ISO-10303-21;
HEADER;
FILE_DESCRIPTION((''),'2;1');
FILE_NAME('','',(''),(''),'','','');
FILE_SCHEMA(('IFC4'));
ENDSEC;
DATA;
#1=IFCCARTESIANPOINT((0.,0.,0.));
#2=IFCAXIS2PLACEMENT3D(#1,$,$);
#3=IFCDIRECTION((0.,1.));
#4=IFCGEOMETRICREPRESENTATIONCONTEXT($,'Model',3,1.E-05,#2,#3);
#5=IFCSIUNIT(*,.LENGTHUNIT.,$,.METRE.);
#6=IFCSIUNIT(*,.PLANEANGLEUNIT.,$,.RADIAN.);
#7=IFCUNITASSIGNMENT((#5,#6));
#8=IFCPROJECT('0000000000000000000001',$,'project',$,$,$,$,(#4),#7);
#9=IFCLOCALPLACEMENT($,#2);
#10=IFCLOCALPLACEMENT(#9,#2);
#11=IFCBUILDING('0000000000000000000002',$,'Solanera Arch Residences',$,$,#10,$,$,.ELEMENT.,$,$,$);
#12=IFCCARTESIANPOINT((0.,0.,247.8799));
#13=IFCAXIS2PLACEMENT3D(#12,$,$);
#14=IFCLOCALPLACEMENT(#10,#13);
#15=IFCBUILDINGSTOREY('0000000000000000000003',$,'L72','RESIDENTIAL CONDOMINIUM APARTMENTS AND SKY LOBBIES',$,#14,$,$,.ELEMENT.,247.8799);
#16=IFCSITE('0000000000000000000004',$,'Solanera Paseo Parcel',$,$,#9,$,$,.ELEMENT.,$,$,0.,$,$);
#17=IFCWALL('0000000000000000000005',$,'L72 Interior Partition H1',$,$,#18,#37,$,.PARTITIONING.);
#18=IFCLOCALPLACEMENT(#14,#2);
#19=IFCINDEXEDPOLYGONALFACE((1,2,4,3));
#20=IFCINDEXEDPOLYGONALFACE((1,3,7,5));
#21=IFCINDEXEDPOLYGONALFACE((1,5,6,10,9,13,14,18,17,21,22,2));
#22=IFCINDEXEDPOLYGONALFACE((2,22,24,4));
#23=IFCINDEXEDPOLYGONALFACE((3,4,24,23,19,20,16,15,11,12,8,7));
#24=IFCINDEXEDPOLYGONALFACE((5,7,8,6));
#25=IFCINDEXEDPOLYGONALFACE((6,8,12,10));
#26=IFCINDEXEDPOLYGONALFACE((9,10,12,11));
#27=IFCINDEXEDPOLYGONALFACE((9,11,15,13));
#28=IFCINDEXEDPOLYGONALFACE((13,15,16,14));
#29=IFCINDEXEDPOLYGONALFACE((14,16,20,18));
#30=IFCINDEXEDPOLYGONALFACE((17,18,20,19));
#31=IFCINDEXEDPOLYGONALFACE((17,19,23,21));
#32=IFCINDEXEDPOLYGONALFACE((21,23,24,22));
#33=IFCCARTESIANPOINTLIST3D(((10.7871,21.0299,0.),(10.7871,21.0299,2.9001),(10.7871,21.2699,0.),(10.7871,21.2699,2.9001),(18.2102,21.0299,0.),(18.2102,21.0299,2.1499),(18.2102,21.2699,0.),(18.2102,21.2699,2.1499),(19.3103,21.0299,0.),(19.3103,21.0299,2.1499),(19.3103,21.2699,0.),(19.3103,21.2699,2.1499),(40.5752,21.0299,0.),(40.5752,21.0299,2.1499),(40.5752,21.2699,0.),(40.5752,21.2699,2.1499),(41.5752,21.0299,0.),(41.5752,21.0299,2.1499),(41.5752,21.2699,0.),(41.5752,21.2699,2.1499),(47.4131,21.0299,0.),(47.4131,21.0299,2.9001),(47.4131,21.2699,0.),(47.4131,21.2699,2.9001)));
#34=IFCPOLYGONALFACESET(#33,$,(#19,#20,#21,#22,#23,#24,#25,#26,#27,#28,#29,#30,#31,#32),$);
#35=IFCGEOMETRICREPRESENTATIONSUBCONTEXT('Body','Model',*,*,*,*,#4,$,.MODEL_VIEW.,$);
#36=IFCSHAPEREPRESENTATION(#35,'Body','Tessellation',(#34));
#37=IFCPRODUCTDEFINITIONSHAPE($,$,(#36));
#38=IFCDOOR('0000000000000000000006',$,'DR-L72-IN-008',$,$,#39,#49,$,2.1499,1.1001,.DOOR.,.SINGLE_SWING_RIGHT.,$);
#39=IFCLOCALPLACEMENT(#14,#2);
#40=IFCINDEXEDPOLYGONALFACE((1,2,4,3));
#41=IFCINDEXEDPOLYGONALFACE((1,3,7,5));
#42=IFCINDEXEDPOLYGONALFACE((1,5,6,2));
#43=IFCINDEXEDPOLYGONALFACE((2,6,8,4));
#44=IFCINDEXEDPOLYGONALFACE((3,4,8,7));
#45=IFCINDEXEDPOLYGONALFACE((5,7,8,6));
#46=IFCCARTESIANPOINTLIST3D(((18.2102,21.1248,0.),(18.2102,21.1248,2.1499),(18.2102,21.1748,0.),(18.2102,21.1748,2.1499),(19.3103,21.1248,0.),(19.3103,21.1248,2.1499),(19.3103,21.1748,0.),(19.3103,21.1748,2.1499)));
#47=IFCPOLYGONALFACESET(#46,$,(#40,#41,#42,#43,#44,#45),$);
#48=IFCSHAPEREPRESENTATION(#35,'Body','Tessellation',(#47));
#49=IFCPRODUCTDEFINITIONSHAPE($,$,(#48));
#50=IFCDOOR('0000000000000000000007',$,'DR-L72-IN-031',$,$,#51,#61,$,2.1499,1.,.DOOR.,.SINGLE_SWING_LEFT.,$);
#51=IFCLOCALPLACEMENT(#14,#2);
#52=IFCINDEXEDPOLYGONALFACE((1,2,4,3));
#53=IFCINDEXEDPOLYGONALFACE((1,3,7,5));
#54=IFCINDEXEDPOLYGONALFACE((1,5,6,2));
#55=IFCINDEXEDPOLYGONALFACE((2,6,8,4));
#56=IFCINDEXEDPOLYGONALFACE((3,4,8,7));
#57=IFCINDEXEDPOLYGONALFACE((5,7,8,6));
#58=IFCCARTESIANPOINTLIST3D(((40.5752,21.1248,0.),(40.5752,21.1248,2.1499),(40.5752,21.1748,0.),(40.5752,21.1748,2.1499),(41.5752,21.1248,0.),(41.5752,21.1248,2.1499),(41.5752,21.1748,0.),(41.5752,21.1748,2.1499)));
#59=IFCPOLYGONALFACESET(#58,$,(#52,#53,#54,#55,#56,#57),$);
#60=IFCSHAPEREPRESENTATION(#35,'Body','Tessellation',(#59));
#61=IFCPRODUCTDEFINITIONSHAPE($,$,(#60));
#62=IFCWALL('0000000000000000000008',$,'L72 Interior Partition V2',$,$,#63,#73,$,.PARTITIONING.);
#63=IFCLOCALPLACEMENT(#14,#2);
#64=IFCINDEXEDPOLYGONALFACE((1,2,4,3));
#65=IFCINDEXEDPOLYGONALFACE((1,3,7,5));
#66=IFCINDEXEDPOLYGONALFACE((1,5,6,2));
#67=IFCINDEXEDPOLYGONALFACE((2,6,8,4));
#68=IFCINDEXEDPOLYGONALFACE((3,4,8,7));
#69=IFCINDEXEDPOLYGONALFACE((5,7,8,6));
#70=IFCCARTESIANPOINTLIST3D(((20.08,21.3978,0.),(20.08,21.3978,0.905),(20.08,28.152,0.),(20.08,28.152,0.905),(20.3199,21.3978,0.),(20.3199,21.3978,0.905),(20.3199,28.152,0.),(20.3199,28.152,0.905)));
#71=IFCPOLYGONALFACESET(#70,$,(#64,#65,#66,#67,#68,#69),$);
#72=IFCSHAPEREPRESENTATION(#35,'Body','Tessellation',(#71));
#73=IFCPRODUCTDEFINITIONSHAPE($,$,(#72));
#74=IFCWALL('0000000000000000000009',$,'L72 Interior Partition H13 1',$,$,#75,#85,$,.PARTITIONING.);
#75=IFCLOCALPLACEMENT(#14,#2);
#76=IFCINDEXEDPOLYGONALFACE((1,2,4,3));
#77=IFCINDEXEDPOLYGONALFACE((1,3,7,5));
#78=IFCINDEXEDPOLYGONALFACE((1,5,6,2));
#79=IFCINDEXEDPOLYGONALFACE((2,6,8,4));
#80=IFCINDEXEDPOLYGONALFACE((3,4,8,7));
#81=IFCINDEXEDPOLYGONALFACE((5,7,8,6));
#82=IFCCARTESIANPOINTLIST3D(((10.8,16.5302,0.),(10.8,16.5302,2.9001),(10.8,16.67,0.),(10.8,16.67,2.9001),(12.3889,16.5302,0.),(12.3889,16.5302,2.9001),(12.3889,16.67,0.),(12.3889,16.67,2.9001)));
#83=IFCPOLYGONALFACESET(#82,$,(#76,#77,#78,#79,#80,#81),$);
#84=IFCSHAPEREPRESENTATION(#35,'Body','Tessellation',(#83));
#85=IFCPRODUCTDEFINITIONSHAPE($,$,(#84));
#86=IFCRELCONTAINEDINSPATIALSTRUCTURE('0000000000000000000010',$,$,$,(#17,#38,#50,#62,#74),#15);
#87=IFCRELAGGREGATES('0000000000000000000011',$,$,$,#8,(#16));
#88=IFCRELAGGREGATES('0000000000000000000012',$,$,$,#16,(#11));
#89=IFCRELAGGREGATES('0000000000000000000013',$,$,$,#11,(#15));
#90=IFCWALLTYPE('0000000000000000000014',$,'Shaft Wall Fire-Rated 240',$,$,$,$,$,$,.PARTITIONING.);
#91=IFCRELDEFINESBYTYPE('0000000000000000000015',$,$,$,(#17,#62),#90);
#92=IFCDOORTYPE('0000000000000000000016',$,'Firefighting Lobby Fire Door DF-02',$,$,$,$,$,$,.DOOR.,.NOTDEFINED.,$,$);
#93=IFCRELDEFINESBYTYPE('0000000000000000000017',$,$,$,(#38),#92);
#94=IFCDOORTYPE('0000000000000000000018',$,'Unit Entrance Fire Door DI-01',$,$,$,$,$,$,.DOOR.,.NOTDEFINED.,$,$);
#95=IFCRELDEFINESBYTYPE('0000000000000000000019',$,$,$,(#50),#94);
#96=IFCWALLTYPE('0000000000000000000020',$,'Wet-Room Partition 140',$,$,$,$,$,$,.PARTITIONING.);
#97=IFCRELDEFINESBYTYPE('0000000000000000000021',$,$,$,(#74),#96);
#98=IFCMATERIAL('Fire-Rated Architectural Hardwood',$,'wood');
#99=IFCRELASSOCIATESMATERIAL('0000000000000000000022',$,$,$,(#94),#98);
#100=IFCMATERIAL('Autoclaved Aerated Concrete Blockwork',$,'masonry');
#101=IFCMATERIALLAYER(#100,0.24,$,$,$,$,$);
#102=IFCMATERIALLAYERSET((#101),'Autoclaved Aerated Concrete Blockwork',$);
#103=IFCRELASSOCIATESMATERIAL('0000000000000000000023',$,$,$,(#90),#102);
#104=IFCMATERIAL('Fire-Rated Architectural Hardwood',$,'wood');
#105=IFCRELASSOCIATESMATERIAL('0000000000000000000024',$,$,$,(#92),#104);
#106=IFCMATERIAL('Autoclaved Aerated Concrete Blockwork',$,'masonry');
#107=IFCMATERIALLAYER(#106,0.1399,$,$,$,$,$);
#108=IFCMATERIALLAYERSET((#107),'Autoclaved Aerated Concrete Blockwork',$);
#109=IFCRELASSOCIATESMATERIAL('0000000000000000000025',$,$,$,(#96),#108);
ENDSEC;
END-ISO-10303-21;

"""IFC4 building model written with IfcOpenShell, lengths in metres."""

from ifc_helpers import new_model, si_unit, direction, frame, frame_2d, origin, place, context, subcontext, project, spatial, rectangle, extrude, material, layer, layer_set, type_object, element, fill, save


model = new_model("IFC4")

# Units and contexts
model_context = context("Model", 3, precision=1e-05, world=origin(), true_north=direction((0.0, 1.0)))
body_context = subcontext(model_context, "Body", "Model", "MODEL_VIEW")
ifc_project = project(units=[si_unit("LENGTHUNIT", "METRE"), si_unit("PLANEANGLEUNIT", "RADIAN")], contexts=[model_context])

# Site, building, storey
site_placement = place(None, origin())
site = spatial("IfcSite", under=ifc_project, at=site_placement, Name="Solanera Paseo Parcel", CompositionType="ELEMENT", RefElevation=0.0)
building_placement = place(site_placement, origin())
building = spatial("IfcBuilding", under=site, at=building_placement, Name="Solanera Arch Residences", CompositionType="ELEMENT")
storey_placement = place(building_placement, frame((0.0, 0.0, 247.8799)))
storey = spatial("IfcBuildingStorey", under=building, at=storey_placement, Name="L72", Description="RESIDENTIAL CONDOMINIUM APARTMENTS AND SKY LOBBIES", CompositionType="ELEMENT", Elevation=247.8799)

# Shared definitions
ifc_material_1 = material(Name="Fire-Rated Architectural Hardwood", Category="wood")
door_type_1 = type_object("IfcDoorType", Name="Unit Entrance Fire Door DI-01", OperationType="NOTDEFINED", PredefinedType="DOOR", material=ifc_material_1)

# Wall, openings, doors
ifc_material_2 = material(Name="Autoclaved Aerated Concrete Blockwork", Category="masonry")
ifc_layer_1 = layer(ifc_material_2, 0.24)
ifc_layer_set_1 = layer_set([ifc_layer_1], Name="Autoclaved Aerated Concrete Blockwork")
wall_type_1 = type_object("IfcWallType", Name="Shaft Wall Fire-Rated 240", PredefinedType="PARTITIONING", material=ifc_layer_set_1)
wall_1_placement = place(storey_placement, frame((10.7871, 21.1499, 0.0), z_axis=(0.0, 0.0, 1.0), x_axis=(1.0, 0.0, 0.0)))
wall_1 = element("IfcWall", 1, at=wall_1_placement, inside=storey, type_object=wall_type_1, Name="L72 Interior Partition H1", PredefinedType="PARTITIONING", context=body_context, shape_type="SweptSolid", body=[
    extrude(rectangle(XDim=36.626, YDim=0.24, at=frame_2d((18.313, 0.0))), origin(), (0.0, 0.0, 1.0), 2.9001),
])
opening_1_placement = place(wall_1_placement, frame((7.4231, 0.0, 0.0)))
opening_1 = element("IfcOpeningElement", 2, at=opening_1_placement, cuts=wall_1, PredefinedType="OPENING", context=body_context, shape_type="SweptSolid", body=[
    extrude(rectangle(XDim=1.1001, YDim=2.1499, at=frame_2d((0.55, 1.075))), frame((0.0, 0.1299, 0.0), z_axis=(0.0, -1.0, 0.0), x_axis=(1.0, 0.0, 0.0)), (0.0, 0.0, 1.0), 0.26),
])
opening_2_placement = place(wall_1_placement, frame((29.7881, 0.0, 0.0)))
opening_2 = element("IfcOpeningElement", 3, at=opening_2_placement, cuts=wall_1, PredefinedType="OPENING", context=body_context, shape_type="SweptSolid", body=[
    extrude(rectangle(XDim=1.0, YDim=2.1499, at=frame_2d((0.5, 1.075))), frame((0.0, 0.1299, 0.0), z_axis=(0.0, -1.0, 0.0), x_axis=(1.0, 0.0, 0.0)), (0.0, 0.0, 1.0), 0.26),
])
ifc_material_3 = material(Name="Fire-Rated Architectural Hardwood", Category="wood")
door_type_2 = type_object("IfcDoorType", Name="Firefighting Lobby Fire Door DF-02", OperationType="NOTDEFINED", PredefinedType="DOOR", material=ifc_material_3)
door_1_placement = place(opening_1_placement, origin())
door_1 = element("IfcDoor", 4, at=door_1_placement, inside=storey, type_object=door_type_2, Name="DR-L72-IN-008", OperationType="SINGLE_SWING_RIGHT", OverallHeight=2.1499, OverallWidth=1.1001, PredefinedType="DOOR", context=body_context, shape_type="SweptSolid", body=[
    extrude(rectangle(XDim=1.1001, YDim=2.1499, at=frame_2d((0.55, 1.075))), frame((0.0, 0.0249, 0.0), z_axis=(0.0, -1.0, 0.0), x_axis=(1.0, 0.0, 0.0)), (0.0, 0.0, 1.0), 0.05),
])
fill(opening_1, door_1)
door_2_placement = place(opening_2_placement, origin())
door_2 = element("IfcDoor", 5, at=door_2_placement, inside=storey, type_object=door_type_1, Name="DR-L72-IN-031", OperationType="SINGLE_SWING_LEFT", OverallHeight=2.1499, OverallWidth=1.0, PredefinedType="DOOR", context=body_context, shape_type="SweptSolid", body=[
    extrude(rectangle(XDim=1.0, YDim=2.1499, at=frame_2d((0.5, 1.075))), frame((0.0, 0.0249, 0.0), z_axis=(0.0, -1.0, 0.0), x_axis=(1.0, 0.0, 0.0)), (0.0, 0.0, 1.0), 0.05),
])
fill(opening_2, door_2)

# Walls
wall_2_placement = place(storey_placement, frame((20.2, 21.3979, 0.0), z_axis=(0.0, 0.0, 1.0), x_axis=(0.0, 1.0, 0.0)))
element("IfcWall", 6, at=wall_2_placement, inside=storey, type_object=wall_type_1, Name="L72 Interior Partition V2", PredefinedType="PARTITIONING", context=body_context, shape_type="SweptSolid", body=[
    extrude(rectangle(XDim=6.7542, YDim=0.24, at=frame_2d((3.377, 0.0))), origin(), (0.0, 0.0, 1.0), 0.905),
])
ifc_material_4 = material(Name="Autoclaved Aerated Concrete Blockwork", Category="masonry")
ifc_layer_2 = layer(ifc_material_4, 0.1399)
ifc_layer_set_2 = layer_set([ifc_layer_2], Name="Autoclaved Aerated Concrete Blockwork")
wall_type_2 = type_object("IfcWallType", Name="Wet-Room Partition 140", PredefinedType="PARTITIONING", material=ifc_layer_set_2)
wall_3_placement = place(storey_placement, frame((10.8, 16.6001, 0.0), z_axis=(0.0, 0.0, 1.0), x_axis=(1.0, 0.0, 0.0)))
element("IfcWall", 7, at=wall_3_placement, inside=storey, type_object=wall_type_2, Name="L72 Interior Partition H13 1", PredefinedType="PARTITIONING", context=body_context, shape_type="SweptSolid", body=[
    extrude(rectangle(XDim=1.5889, YDim=0.1399, at=frame_2d((0.7944, 0.0))), origin(), (0.0, 0.0, 1.0), 2.9001),
])

save(model, "model.ifc")
